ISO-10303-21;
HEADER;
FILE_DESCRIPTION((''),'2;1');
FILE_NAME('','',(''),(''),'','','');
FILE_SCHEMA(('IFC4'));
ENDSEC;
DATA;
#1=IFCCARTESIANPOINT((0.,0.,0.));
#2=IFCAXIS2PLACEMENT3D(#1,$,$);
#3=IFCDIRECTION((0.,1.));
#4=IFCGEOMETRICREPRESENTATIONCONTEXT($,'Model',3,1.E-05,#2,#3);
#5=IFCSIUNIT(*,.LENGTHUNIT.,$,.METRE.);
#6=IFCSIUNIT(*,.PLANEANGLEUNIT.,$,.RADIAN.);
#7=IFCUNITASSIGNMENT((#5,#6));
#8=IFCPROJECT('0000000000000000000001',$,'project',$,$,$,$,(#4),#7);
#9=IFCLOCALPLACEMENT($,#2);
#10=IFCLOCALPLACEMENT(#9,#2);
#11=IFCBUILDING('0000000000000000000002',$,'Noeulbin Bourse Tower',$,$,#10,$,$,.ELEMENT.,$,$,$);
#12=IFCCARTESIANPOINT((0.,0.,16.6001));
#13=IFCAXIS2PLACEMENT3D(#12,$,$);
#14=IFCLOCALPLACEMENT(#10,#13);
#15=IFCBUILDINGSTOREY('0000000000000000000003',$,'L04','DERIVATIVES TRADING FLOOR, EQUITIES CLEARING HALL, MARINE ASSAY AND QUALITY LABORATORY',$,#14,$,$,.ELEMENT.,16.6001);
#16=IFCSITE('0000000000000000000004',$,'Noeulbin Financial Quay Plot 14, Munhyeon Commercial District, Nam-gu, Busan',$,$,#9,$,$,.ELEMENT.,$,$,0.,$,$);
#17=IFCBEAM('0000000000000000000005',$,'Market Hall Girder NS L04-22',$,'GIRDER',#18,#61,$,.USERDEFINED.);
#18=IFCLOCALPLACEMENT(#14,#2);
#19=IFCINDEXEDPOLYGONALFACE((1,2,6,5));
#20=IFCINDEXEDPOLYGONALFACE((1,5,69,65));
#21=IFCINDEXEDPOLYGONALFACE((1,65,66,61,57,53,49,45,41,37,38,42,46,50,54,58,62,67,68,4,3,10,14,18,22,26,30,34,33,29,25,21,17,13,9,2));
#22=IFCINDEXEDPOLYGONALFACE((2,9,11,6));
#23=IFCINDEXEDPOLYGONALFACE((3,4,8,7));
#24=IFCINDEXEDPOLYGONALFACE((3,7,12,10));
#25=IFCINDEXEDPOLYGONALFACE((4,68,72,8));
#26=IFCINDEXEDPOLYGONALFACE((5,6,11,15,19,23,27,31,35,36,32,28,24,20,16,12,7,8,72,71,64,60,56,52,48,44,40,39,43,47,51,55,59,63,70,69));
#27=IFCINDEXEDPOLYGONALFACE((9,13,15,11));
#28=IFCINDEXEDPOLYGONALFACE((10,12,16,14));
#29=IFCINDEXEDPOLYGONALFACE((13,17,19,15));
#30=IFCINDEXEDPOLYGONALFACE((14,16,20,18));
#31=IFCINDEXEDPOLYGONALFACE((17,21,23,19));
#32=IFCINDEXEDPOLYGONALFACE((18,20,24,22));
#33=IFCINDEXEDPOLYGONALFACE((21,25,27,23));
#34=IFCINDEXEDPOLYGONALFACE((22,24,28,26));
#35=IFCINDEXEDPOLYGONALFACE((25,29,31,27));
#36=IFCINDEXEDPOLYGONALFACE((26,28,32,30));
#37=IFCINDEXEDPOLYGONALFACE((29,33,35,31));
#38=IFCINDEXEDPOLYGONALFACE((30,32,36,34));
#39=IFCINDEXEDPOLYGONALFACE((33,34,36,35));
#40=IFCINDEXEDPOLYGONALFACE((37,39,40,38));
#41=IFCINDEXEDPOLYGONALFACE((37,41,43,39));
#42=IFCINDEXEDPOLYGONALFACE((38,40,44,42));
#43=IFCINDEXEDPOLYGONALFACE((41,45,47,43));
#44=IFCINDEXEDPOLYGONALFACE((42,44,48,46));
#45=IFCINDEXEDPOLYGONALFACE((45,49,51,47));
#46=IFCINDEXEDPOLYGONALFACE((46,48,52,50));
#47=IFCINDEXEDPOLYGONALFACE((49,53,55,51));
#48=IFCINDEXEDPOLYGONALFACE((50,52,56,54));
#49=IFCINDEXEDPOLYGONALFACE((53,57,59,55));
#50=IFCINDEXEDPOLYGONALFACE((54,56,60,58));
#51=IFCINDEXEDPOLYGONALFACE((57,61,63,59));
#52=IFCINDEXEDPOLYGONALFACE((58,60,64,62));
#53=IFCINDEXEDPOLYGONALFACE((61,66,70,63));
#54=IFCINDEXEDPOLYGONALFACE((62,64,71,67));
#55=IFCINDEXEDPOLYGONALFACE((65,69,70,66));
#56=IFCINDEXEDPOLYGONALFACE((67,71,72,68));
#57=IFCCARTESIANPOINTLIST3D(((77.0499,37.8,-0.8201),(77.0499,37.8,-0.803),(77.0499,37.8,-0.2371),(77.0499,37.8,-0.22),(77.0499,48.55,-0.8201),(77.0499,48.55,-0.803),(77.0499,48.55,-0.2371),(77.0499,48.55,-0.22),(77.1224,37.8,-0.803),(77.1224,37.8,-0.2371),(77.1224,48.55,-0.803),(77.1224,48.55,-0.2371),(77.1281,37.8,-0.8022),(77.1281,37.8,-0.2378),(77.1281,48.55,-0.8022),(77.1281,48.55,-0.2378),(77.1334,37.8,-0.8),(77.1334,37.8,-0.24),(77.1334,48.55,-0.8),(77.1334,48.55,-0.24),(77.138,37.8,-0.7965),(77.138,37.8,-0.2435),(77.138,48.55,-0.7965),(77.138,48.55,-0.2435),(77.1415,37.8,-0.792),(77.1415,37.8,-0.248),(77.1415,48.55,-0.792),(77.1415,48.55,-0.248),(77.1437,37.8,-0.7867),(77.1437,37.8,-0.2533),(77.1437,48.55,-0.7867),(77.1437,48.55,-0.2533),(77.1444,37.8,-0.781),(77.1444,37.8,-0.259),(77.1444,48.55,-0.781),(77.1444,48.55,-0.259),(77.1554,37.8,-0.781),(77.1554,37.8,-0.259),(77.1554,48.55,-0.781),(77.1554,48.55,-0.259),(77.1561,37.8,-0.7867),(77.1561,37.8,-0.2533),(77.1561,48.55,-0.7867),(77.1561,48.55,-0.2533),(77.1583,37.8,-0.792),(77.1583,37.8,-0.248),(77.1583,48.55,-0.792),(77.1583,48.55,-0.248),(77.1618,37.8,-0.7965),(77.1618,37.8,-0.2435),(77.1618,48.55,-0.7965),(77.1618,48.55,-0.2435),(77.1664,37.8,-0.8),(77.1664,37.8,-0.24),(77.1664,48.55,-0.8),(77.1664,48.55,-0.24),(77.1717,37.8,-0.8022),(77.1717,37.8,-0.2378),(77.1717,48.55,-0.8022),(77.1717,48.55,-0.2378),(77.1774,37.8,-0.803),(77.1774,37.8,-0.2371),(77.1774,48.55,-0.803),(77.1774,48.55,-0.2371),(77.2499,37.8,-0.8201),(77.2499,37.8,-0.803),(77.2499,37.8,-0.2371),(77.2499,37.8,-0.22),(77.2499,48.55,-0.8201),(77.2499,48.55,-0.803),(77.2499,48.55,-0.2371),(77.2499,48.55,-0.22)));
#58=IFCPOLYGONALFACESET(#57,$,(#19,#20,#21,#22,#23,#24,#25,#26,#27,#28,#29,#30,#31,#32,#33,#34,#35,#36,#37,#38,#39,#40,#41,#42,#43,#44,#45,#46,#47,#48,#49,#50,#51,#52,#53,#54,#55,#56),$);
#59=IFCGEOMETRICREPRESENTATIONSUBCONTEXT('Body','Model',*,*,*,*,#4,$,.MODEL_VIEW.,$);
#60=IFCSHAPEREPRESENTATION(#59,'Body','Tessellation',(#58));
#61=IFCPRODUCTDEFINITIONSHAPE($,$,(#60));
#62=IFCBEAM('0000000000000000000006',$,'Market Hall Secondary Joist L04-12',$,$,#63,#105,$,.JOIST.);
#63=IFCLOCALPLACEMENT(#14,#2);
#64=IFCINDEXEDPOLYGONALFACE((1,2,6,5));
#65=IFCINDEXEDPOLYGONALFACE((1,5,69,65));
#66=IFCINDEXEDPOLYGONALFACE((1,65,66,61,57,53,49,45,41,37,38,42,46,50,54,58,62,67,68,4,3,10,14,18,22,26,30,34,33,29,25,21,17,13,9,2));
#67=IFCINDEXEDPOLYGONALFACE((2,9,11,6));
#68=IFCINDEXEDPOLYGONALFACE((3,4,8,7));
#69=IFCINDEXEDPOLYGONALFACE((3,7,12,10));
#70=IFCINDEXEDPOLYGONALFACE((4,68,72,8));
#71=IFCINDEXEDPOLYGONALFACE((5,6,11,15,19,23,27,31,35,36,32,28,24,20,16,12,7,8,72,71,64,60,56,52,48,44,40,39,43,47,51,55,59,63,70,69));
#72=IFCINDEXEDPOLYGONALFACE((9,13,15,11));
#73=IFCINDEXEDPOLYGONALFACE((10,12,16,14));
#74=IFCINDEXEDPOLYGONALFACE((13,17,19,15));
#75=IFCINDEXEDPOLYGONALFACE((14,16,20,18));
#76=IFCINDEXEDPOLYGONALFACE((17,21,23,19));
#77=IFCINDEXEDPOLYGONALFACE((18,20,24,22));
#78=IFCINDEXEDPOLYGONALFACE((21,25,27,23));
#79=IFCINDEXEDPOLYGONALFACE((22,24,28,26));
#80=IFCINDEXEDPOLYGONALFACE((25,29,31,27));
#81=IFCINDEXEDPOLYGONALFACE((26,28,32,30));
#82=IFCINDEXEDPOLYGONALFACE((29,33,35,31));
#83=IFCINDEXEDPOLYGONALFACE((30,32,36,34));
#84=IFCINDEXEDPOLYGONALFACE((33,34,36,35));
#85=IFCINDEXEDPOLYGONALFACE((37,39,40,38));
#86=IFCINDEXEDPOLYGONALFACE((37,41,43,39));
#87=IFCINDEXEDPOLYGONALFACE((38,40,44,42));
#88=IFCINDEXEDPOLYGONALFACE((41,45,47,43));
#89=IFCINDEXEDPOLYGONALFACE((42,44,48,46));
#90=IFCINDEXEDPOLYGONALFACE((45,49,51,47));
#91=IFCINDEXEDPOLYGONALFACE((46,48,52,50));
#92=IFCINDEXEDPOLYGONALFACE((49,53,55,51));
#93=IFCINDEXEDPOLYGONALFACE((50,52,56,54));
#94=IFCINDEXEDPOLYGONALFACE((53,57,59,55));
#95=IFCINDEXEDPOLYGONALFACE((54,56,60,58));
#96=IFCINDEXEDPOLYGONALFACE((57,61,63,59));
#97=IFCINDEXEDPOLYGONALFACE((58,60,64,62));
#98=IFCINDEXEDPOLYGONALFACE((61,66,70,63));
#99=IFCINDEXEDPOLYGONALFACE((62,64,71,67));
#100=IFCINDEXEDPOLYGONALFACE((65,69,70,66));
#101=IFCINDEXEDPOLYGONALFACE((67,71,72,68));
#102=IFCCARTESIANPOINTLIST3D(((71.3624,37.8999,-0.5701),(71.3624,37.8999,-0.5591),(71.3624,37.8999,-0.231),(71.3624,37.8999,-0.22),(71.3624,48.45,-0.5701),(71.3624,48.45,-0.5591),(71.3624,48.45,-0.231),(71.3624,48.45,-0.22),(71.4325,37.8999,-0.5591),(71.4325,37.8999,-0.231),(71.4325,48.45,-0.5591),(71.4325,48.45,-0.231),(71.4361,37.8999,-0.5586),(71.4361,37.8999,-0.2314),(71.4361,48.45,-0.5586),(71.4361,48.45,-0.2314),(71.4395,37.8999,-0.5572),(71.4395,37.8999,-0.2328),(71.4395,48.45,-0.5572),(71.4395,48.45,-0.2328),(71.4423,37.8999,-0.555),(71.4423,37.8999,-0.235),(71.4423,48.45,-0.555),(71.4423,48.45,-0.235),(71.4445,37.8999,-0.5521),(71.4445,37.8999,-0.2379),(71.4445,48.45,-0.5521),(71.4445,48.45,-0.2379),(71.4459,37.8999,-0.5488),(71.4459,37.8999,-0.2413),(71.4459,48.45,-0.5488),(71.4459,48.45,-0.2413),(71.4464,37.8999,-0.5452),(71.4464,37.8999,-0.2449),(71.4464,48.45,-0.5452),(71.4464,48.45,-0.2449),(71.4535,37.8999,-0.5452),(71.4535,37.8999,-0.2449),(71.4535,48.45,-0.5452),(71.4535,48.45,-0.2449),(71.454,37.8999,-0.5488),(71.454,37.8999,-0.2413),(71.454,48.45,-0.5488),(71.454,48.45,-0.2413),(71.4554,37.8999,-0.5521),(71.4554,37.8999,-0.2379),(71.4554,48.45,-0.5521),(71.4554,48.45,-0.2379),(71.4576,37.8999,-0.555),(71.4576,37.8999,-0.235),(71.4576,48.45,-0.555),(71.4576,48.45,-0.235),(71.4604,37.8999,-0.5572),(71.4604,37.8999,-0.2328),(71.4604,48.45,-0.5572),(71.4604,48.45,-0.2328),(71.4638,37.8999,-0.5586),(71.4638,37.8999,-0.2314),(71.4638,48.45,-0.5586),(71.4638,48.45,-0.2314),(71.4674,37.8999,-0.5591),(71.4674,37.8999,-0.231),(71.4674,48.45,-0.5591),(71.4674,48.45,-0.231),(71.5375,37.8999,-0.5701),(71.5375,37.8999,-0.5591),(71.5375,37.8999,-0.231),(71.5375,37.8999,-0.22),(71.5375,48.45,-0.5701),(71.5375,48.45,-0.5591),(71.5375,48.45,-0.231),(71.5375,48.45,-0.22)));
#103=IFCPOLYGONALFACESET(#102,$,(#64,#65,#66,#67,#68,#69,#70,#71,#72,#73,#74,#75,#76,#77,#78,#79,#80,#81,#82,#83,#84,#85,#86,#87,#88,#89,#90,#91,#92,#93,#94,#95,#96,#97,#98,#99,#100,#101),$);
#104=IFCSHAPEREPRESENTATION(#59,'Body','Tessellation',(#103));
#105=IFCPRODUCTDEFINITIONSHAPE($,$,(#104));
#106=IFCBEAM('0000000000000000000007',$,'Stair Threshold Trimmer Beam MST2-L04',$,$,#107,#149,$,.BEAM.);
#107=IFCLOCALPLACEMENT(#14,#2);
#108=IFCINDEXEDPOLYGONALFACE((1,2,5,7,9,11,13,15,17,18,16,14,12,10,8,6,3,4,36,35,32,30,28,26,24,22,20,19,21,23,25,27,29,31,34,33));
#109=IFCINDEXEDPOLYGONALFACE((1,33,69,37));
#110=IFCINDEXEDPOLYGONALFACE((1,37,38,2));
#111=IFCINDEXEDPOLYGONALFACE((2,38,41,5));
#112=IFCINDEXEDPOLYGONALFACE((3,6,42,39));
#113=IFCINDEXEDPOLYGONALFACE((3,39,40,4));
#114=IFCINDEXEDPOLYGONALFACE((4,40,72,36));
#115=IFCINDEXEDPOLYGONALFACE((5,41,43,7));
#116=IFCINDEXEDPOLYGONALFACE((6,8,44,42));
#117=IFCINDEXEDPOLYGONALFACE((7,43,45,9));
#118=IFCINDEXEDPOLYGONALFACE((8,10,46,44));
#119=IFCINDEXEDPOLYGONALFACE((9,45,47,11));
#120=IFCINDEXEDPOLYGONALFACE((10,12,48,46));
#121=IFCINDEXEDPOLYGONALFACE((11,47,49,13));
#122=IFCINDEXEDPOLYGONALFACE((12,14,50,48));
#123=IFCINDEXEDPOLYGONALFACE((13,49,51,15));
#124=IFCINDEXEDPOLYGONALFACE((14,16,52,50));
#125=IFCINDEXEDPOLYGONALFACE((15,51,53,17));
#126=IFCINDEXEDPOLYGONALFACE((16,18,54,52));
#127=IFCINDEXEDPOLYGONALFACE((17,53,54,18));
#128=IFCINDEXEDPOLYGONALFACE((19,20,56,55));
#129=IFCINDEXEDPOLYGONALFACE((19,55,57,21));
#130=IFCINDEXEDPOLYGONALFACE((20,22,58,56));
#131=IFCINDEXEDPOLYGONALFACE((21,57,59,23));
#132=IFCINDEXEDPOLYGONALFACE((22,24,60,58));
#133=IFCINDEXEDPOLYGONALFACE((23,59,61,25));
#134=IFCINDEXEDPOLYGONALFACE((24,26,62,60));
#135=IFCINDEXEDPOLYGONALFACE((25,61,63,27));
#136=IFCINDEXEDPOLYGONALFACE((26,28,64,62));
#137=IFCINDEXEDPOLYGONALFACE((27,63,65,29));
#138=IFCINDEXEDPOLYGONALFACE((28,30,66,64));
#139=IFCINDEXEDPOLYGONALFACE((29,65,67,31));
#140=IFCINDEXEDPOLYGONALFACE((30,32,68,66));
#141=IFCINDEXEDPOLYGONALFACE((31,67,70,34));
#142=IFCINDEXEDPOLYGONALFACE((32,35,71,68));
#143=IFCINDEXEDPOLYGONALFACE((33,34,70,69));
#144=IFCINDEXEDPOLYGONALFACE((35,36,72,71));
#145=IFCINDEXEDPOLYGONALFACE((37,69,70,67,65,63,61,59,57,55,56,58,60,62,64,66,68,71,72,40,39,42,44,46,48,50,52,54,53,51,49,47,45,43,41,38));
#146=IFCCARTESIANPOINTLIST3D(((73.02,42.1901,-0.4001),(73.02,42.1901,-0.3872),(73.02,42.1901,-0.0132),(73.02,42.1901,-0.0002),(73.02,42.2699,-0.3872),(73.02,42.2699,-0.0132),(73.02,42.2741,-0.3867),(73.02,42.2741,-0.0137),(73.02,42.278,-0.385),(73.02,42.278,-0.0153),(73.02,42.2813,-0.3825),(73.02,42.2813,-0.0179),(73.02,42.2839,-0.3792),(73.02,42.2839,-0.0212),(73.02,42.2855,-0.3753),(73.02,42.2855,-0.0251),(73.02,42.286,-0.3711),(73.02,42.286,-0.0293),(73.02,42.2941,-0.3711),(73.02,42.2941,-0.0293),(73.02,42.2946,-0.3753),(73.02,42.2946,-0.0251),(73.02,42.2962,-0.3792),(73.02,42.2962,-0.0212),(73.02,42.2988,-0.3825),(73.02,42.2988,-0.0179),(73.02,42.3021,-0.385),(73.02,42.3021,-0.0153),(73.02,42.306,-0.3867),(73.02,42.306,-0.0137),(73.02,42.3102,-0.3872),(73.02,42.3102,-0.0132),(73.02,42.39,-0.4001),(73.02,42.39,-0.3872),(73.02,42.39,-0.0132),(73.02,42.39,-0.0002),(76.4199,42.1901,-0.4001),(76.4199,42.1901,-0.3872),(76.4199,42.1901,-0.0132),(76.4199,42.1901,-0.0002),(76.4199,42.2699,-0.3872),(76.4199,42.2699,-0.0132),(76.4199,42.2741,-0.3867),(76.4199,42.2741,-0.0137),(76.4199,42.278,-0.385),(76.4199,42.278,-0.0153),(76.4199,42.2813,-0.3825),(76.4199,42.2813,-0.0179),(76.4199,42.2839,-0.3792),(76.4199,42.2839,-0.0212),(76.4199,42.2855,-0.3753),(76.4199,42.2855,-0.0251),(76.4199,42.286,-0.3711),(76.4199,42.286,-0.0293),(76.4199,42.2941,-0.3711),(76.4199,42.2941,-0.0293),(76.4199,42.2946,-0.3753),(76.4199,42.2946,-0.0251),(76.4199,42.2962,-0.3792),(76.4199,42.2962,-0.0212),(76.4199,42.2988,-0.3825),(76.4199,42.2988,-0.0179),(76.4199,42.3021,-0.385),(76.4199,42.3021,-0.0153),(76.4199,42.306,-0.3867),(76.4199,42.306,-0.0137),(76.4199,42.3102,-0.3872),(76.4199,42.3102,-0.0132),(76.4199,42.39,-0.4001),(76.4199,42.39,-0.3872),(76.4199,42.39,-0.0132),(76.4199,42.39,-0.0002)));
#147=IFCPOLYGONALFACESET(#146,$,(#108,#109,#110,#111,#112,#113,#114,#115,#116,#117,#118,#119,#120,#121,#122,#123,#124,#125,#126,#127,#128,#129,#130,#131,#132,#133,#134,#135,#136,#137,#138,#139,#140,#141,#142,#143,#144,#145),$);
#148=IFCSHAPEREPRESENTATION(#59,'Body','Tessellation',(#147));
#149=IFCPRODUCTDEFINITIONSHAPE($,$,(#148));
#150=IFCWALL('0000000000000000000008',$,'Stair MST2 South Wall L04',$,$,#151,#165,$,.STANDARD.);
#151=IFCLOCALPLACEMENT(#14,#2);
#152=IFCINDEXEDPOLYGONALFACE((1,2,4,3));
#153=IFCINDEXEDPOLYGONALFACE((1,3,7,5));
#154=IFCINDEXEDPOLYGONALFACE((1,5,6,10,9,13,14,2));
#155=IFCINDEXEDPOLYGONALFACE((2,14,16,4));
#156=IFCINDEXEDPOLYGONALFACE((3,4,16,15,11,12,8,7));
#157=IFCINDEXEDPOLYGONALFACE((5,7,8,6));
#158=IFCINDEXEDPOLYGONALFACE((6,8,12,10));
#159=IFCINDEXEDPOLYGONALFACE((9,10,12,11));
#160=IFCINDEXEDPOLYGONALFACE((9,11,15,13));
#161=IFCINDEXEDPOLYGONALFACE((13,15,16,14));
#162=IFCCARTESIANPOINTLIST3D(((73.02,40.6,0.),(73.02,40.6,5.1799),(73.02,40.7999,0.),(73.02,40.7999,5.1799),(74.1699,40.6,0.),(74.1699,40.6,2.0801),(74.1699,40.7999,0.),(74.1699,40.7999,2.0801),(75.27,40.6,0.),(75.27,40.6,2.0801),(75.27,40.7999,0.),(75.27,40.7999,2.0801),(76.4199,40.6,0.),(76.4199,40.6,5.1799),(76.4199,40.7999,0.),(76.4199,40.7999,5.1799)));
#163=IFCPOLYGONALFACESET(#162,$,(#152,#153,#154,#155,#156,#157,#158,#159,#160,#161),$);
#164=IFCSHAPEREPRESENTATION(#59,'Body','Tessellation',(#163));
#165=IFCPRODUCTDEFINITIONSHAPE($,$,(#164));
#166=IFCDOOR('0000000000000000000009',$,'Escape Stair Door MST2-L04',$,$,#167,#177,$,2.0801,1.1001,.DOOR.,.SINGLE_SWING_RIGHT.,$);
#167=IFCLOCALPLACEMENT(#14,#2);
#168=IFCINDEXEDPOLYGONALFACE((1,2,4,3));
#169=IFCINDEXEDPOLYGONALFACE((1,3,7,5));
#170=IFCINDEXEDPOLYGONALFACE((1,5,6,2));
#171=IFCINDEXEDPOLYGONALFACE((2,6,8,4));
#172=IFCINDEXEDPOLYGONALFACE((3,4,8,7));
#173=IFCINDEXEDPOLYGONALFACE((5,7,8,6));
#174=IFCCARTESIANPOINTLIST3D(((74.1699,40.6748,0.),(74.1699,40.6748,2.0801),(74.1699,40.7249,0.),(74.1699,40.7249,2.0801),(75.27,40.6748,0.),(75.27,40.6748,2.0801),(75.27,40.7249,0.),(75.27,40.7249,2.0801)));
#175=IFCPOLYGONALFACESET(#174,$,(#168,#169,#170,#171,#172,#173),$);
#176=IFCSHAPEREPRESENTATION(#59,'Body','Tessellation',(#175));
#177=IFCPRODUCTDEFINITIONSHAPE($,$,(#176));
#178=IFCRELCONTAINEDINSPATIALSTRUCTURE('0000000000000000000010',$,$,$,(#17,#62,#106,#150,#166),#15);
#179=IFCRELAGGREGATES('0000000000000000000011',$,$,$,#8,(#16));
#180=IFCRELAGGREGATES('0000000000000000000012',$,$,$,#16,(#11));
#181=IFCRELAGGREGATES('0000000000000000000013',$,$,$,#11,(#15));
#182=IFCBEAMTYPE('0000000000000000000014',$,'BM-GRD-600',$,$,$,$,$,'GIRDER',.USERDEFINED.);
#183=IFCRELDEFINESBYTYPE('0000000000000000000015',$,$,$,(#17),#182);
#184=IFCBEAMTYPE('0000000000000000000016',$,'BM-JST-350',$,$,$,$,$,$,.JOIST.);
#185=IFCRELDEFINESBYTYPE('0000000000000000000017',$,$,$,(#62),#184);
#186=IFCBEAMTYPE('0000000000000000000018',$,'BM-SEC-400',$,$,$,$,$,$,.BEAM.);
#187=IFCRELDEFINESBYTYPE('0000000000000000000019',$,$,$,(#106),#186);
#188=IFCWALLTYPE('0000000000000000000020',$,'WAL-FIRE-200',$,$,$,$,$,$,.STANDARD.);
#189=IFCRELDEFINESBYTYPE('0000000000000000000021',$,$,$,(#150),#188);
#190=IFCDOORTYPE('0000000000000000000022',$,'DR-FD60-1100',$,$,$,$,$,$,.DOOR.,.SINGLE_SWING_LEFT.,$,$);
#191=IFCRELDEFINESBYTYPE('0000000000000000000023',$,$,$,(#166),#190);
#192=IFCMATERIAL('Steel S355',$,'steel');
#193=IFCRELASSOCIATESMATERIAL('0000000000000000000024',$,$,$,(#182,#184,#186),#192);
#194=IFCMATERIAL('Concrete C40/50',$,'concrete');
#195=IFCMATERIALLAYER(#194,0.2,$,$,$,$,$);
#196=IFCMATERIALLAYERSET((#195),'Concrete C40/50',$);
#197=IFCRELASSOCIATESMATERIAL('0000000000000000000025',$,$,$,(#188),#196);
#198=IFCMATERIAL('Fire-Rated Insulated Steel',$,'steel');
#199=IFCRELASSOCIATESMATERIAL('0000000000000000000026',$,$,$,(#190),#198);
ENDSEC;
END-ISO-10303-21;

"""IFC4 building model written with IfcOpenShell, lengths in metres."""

from ifc_helpers import new_model, si_unit, direction, frame, frame_2d, origin, origin_2d, place, context, subcontext, project, spatial, rectangle, i_section, extrude, material, layer, layer_set, material_profile, profile_set, type_object, element, fill, save


model = new_model("IFC4")

# Units and contexts
model_context = context("Model", 3, precision=1e-05, world=origin(), true_north=direction((0.0, 1.0)))
body_context = subcontext(model_context, "Body", "Model", "MODEL_VIEW")
ifc_project = project(units=[si_unit("LENGTHUNIT", "METRE"), si_unit("PLANEANGLEUNIT", "RADIAN")], contexts=[model_context])

# Site, building, storey
site_placement = place(None, origin())
site = spatial("IfcSite", under=ifc_project, at=site_placement, Name="Noeulbin Financial Quay Plot 14, Munhyeon Commercial District, Nam-gu, Busan", CompositionType="ELEMENT", RefElevation=0.0)
building_placement = place(site_placement, origin())
building = spatial("IfcBuilding", under=site, at=building_placement, Name="Noeulbin Bourse Tower", CompositionType="ELEMENT")
storey_placement = place(building_placement, frame((0.0, 0.0, 16.6001)))
storey = spatial("IfcBuildingStorey", under=building, at=storey_placement, Name="L04", Description="DERIVATIVES TRADING FLOOR, EQUITIES CLEARING HALL, MARINE ASSAY AND QUALITY LABORATORY", CompositionType="ELEMENT", Elevation=16.6001)

# Shared definitions
ifc_material_1 = material(Name="Steel S355", Category="steel")

# Beams
ifc_material_profile_1 = material_profile(ifc_material_1, i_section(OverallWidth=0.2, OverallDepth=0.6001, WebThickness=0.011, FlangeThickness=0.0171, FilletRadius=0.022, at=origin_2d()), Name="H-600x200x11x17", Category="LoadBearing")
ifc_profile_set_1 = profile_set([ifc_material_profile_1], Name="Steel S355")
beam_type_1 = type_object("IfcBeamType", Name="BM-GRD-600", ElementType="GIRDER", PredefinedType="USERDEFINED", material=ifc_profile_set_1)
beam_1_placement = place(storey_placement, frame((77.1499, 37.8, -0.52), z_axis=(0.0, 1.0, 0.0), x_axis=(-1.0, 0.0, 0.0)))
element("IfcBeam", 1, at=beam_1_placement, inside=storey, type_object=beam_type_1, Name="Market Hall Girder NS L04-22", ObjectType="GIRDER", PredefinedType="USERDEFINED", context=body_context, shape_type="SweptSolid", body=[
    extrude(i_section(OverallWidth=0.2, OverallDepth=0.6001, WebThickness=0.011, FlangeThickness=0.0171, FilletRadius=0.022, at=origin_2d()), origin(), (0.0, 0.0, 1.0), 10.75),
])
ifc_material_profile_2 = material_profile(ifc_material_1, i_section(OverallWidth=0.175, OverallDepth=0.3501, WebThickness=0.0071, FlangeThickness=0.011, FilletRadius=0.0139, at=origin_2d()), Name="H-350x175x7x11", Category="LoadBearing")
ifc_profile_set_2 = profile_set([ifc_material_profile_2], Name="Steel S355")
beam_type_2 = type_object("IfcBeamType", Name="BM-JST-350", PredefinedType="JOIST", material=ifc_profile_set_2)
beam_2_placement = place(storey_placement, frame((71.45, 37.8999, -0.395), z_axis=(0.0, 1.0, 0.0), x_axis=(-1.0, 0.0, 0.0)))
element("IfcBeam", 2, at=beam_2_placement, inside=storey, type_object=beam_type_2, Name="Market Hall Secondary Joist L04-12", PredefinedType="JOIST", context=body_context, shape_type="SweptSolid", body=[
    extrude(i_section(OverallWidth=0.175, OverallDepth=0.3501, WebThickness=0.0071, FlangeThickness=0.011, FilletRadius=0.0139, at=origin_2d()), origin(), (0.0, 0.0, 1.0), 10.55),
])
ifc_material_profile_3 = material_profile(ifc_material_1, i_section(OverallWidth=0.2, OverallDepth=0.3999, WebThickness=0.0081, FlangeThickness=0.0129, FilletRadius=0.0161, at=origin_2d()), Name="H-400x200x8x13", Category="LoadBearing")
ifc_profile_set_3 = profile_set([ifc_material_profile_3], Name="Steel S355")
beam_type_3 = type_object("IfcBeamType", Name="BM-SEC-400", PredefinedType="BEAM", material=ifc_profile_set_3)
beam_3_placement = place(storey_placement, frame((73.02, 42.29, -0.2002), z_axis=(1.0, 0.0, 0.0), x_axis=(0.0, 1.0, 0.0)))
element("IfcBeam", 3, at=beam_3_placement, inside=storey, type_object=beam_type_3, Name="Stair Threshold Trimmer Beam MST2-L04", PredefinedType="BEAM", context=body_context, shape_type="SweptSolid", body=[
    extrude(i_section(OverallWidth=0.2, OverallDepth=0.3999, WebThickness=0.0081, FlangeThickness=0.0129, FilletRadius=0.0161, at=origin_2d()), origin(), (0.0, 0.0, 1.0), 3.3999),
])

# Wall, opening, door
ifc_material_2 = material(Name="Concrete C40/50", Category="concrete")
ifc_layer_1 = layer(ifc_material_2, 0.2)
ifc_layer_set_1 = layer_set([ifc_layer_1], Name="Concrete C40/50")
wall_type = type_object("IfcWallType", Name="WAL-FIRE-200", PredefinedType="STANDARD", material=ifc_layer_set_1)
wall_1_placement = place(storey_placement, frame((73.02, 40.7, 0.0), z_axis=(0.0, 0.0, 1.0), x_axis=(1.0, 0.0, 0.0)))
wall_1 = element("IfcWall", 4, at=wall_1_placement, inside=storey, type_object=wall_type, Name="Stair MST2 South Wall L04", PredefinedType="STANDARD", context=body_context, shape_type="SweptSolid", body=[
    extrude(rectangle(XDim=3.3999, YDim=0.2, at=frame_2d((1.7, 0.0))), origin(), (0.0, 0.0, 1.0), 5.1799),
])
opening_placement = place(wall_1_placement, frame((1.1499, 0.0, 0.0)))
opening = element("IfcOpeningElement", 5, at=opening_placement, cuts=wall_1, PredefinedType="OPENING", context=body_context, shape_type="SweptSolid", body=[
    extrude(rectangle(XDim=1.1001, YDim=2.0801, at=frame_2d((0.55, 1.04))), frame((0.0, 0.1099, 0.0), z_axis=(0.0, -1.0, 0.0), x_axis=(1.0, 0.0, 0.0)), (0.0, 0.0, 1.0), 0.22),
])
ifc_material_3 = material(Name="Fire-Rated Insulated Steel", Category="steel")
door_type = type_object("IfcDoorType", Name="DR-FD60-1100", OperationType="SINGLE_SWING_LEFT", PredefinedType="DOOR", material=ifc_material_3)
door_placement = place(opening_placement, origin())
door = element("IfcDoor", 6, at=door_placement, inside=storey, type_object=door_type, Name="Escape Stair Door MST2-L04", OperationType="SINGLE_SWING_RIGHT", OverallHeight=2.0801, OverallWidth=1.1001, PredefinedType="DOOR", context=body_context, shape_type="SweptSolid", body=[
    extrude(rectangle(XDim=1.1001, YDim=2.0801, at=frame_2d((0.55, 1.04))), frame((0.0, 0.0249, 0.0), z_axis=(0.0, -1.0, 0.0), x_axis=(1.0, 0.0, 0.0)), (0.0, 0.0, 1.0), 0.05),
])
fill(opening, door)

save(model, "model.ifc")
